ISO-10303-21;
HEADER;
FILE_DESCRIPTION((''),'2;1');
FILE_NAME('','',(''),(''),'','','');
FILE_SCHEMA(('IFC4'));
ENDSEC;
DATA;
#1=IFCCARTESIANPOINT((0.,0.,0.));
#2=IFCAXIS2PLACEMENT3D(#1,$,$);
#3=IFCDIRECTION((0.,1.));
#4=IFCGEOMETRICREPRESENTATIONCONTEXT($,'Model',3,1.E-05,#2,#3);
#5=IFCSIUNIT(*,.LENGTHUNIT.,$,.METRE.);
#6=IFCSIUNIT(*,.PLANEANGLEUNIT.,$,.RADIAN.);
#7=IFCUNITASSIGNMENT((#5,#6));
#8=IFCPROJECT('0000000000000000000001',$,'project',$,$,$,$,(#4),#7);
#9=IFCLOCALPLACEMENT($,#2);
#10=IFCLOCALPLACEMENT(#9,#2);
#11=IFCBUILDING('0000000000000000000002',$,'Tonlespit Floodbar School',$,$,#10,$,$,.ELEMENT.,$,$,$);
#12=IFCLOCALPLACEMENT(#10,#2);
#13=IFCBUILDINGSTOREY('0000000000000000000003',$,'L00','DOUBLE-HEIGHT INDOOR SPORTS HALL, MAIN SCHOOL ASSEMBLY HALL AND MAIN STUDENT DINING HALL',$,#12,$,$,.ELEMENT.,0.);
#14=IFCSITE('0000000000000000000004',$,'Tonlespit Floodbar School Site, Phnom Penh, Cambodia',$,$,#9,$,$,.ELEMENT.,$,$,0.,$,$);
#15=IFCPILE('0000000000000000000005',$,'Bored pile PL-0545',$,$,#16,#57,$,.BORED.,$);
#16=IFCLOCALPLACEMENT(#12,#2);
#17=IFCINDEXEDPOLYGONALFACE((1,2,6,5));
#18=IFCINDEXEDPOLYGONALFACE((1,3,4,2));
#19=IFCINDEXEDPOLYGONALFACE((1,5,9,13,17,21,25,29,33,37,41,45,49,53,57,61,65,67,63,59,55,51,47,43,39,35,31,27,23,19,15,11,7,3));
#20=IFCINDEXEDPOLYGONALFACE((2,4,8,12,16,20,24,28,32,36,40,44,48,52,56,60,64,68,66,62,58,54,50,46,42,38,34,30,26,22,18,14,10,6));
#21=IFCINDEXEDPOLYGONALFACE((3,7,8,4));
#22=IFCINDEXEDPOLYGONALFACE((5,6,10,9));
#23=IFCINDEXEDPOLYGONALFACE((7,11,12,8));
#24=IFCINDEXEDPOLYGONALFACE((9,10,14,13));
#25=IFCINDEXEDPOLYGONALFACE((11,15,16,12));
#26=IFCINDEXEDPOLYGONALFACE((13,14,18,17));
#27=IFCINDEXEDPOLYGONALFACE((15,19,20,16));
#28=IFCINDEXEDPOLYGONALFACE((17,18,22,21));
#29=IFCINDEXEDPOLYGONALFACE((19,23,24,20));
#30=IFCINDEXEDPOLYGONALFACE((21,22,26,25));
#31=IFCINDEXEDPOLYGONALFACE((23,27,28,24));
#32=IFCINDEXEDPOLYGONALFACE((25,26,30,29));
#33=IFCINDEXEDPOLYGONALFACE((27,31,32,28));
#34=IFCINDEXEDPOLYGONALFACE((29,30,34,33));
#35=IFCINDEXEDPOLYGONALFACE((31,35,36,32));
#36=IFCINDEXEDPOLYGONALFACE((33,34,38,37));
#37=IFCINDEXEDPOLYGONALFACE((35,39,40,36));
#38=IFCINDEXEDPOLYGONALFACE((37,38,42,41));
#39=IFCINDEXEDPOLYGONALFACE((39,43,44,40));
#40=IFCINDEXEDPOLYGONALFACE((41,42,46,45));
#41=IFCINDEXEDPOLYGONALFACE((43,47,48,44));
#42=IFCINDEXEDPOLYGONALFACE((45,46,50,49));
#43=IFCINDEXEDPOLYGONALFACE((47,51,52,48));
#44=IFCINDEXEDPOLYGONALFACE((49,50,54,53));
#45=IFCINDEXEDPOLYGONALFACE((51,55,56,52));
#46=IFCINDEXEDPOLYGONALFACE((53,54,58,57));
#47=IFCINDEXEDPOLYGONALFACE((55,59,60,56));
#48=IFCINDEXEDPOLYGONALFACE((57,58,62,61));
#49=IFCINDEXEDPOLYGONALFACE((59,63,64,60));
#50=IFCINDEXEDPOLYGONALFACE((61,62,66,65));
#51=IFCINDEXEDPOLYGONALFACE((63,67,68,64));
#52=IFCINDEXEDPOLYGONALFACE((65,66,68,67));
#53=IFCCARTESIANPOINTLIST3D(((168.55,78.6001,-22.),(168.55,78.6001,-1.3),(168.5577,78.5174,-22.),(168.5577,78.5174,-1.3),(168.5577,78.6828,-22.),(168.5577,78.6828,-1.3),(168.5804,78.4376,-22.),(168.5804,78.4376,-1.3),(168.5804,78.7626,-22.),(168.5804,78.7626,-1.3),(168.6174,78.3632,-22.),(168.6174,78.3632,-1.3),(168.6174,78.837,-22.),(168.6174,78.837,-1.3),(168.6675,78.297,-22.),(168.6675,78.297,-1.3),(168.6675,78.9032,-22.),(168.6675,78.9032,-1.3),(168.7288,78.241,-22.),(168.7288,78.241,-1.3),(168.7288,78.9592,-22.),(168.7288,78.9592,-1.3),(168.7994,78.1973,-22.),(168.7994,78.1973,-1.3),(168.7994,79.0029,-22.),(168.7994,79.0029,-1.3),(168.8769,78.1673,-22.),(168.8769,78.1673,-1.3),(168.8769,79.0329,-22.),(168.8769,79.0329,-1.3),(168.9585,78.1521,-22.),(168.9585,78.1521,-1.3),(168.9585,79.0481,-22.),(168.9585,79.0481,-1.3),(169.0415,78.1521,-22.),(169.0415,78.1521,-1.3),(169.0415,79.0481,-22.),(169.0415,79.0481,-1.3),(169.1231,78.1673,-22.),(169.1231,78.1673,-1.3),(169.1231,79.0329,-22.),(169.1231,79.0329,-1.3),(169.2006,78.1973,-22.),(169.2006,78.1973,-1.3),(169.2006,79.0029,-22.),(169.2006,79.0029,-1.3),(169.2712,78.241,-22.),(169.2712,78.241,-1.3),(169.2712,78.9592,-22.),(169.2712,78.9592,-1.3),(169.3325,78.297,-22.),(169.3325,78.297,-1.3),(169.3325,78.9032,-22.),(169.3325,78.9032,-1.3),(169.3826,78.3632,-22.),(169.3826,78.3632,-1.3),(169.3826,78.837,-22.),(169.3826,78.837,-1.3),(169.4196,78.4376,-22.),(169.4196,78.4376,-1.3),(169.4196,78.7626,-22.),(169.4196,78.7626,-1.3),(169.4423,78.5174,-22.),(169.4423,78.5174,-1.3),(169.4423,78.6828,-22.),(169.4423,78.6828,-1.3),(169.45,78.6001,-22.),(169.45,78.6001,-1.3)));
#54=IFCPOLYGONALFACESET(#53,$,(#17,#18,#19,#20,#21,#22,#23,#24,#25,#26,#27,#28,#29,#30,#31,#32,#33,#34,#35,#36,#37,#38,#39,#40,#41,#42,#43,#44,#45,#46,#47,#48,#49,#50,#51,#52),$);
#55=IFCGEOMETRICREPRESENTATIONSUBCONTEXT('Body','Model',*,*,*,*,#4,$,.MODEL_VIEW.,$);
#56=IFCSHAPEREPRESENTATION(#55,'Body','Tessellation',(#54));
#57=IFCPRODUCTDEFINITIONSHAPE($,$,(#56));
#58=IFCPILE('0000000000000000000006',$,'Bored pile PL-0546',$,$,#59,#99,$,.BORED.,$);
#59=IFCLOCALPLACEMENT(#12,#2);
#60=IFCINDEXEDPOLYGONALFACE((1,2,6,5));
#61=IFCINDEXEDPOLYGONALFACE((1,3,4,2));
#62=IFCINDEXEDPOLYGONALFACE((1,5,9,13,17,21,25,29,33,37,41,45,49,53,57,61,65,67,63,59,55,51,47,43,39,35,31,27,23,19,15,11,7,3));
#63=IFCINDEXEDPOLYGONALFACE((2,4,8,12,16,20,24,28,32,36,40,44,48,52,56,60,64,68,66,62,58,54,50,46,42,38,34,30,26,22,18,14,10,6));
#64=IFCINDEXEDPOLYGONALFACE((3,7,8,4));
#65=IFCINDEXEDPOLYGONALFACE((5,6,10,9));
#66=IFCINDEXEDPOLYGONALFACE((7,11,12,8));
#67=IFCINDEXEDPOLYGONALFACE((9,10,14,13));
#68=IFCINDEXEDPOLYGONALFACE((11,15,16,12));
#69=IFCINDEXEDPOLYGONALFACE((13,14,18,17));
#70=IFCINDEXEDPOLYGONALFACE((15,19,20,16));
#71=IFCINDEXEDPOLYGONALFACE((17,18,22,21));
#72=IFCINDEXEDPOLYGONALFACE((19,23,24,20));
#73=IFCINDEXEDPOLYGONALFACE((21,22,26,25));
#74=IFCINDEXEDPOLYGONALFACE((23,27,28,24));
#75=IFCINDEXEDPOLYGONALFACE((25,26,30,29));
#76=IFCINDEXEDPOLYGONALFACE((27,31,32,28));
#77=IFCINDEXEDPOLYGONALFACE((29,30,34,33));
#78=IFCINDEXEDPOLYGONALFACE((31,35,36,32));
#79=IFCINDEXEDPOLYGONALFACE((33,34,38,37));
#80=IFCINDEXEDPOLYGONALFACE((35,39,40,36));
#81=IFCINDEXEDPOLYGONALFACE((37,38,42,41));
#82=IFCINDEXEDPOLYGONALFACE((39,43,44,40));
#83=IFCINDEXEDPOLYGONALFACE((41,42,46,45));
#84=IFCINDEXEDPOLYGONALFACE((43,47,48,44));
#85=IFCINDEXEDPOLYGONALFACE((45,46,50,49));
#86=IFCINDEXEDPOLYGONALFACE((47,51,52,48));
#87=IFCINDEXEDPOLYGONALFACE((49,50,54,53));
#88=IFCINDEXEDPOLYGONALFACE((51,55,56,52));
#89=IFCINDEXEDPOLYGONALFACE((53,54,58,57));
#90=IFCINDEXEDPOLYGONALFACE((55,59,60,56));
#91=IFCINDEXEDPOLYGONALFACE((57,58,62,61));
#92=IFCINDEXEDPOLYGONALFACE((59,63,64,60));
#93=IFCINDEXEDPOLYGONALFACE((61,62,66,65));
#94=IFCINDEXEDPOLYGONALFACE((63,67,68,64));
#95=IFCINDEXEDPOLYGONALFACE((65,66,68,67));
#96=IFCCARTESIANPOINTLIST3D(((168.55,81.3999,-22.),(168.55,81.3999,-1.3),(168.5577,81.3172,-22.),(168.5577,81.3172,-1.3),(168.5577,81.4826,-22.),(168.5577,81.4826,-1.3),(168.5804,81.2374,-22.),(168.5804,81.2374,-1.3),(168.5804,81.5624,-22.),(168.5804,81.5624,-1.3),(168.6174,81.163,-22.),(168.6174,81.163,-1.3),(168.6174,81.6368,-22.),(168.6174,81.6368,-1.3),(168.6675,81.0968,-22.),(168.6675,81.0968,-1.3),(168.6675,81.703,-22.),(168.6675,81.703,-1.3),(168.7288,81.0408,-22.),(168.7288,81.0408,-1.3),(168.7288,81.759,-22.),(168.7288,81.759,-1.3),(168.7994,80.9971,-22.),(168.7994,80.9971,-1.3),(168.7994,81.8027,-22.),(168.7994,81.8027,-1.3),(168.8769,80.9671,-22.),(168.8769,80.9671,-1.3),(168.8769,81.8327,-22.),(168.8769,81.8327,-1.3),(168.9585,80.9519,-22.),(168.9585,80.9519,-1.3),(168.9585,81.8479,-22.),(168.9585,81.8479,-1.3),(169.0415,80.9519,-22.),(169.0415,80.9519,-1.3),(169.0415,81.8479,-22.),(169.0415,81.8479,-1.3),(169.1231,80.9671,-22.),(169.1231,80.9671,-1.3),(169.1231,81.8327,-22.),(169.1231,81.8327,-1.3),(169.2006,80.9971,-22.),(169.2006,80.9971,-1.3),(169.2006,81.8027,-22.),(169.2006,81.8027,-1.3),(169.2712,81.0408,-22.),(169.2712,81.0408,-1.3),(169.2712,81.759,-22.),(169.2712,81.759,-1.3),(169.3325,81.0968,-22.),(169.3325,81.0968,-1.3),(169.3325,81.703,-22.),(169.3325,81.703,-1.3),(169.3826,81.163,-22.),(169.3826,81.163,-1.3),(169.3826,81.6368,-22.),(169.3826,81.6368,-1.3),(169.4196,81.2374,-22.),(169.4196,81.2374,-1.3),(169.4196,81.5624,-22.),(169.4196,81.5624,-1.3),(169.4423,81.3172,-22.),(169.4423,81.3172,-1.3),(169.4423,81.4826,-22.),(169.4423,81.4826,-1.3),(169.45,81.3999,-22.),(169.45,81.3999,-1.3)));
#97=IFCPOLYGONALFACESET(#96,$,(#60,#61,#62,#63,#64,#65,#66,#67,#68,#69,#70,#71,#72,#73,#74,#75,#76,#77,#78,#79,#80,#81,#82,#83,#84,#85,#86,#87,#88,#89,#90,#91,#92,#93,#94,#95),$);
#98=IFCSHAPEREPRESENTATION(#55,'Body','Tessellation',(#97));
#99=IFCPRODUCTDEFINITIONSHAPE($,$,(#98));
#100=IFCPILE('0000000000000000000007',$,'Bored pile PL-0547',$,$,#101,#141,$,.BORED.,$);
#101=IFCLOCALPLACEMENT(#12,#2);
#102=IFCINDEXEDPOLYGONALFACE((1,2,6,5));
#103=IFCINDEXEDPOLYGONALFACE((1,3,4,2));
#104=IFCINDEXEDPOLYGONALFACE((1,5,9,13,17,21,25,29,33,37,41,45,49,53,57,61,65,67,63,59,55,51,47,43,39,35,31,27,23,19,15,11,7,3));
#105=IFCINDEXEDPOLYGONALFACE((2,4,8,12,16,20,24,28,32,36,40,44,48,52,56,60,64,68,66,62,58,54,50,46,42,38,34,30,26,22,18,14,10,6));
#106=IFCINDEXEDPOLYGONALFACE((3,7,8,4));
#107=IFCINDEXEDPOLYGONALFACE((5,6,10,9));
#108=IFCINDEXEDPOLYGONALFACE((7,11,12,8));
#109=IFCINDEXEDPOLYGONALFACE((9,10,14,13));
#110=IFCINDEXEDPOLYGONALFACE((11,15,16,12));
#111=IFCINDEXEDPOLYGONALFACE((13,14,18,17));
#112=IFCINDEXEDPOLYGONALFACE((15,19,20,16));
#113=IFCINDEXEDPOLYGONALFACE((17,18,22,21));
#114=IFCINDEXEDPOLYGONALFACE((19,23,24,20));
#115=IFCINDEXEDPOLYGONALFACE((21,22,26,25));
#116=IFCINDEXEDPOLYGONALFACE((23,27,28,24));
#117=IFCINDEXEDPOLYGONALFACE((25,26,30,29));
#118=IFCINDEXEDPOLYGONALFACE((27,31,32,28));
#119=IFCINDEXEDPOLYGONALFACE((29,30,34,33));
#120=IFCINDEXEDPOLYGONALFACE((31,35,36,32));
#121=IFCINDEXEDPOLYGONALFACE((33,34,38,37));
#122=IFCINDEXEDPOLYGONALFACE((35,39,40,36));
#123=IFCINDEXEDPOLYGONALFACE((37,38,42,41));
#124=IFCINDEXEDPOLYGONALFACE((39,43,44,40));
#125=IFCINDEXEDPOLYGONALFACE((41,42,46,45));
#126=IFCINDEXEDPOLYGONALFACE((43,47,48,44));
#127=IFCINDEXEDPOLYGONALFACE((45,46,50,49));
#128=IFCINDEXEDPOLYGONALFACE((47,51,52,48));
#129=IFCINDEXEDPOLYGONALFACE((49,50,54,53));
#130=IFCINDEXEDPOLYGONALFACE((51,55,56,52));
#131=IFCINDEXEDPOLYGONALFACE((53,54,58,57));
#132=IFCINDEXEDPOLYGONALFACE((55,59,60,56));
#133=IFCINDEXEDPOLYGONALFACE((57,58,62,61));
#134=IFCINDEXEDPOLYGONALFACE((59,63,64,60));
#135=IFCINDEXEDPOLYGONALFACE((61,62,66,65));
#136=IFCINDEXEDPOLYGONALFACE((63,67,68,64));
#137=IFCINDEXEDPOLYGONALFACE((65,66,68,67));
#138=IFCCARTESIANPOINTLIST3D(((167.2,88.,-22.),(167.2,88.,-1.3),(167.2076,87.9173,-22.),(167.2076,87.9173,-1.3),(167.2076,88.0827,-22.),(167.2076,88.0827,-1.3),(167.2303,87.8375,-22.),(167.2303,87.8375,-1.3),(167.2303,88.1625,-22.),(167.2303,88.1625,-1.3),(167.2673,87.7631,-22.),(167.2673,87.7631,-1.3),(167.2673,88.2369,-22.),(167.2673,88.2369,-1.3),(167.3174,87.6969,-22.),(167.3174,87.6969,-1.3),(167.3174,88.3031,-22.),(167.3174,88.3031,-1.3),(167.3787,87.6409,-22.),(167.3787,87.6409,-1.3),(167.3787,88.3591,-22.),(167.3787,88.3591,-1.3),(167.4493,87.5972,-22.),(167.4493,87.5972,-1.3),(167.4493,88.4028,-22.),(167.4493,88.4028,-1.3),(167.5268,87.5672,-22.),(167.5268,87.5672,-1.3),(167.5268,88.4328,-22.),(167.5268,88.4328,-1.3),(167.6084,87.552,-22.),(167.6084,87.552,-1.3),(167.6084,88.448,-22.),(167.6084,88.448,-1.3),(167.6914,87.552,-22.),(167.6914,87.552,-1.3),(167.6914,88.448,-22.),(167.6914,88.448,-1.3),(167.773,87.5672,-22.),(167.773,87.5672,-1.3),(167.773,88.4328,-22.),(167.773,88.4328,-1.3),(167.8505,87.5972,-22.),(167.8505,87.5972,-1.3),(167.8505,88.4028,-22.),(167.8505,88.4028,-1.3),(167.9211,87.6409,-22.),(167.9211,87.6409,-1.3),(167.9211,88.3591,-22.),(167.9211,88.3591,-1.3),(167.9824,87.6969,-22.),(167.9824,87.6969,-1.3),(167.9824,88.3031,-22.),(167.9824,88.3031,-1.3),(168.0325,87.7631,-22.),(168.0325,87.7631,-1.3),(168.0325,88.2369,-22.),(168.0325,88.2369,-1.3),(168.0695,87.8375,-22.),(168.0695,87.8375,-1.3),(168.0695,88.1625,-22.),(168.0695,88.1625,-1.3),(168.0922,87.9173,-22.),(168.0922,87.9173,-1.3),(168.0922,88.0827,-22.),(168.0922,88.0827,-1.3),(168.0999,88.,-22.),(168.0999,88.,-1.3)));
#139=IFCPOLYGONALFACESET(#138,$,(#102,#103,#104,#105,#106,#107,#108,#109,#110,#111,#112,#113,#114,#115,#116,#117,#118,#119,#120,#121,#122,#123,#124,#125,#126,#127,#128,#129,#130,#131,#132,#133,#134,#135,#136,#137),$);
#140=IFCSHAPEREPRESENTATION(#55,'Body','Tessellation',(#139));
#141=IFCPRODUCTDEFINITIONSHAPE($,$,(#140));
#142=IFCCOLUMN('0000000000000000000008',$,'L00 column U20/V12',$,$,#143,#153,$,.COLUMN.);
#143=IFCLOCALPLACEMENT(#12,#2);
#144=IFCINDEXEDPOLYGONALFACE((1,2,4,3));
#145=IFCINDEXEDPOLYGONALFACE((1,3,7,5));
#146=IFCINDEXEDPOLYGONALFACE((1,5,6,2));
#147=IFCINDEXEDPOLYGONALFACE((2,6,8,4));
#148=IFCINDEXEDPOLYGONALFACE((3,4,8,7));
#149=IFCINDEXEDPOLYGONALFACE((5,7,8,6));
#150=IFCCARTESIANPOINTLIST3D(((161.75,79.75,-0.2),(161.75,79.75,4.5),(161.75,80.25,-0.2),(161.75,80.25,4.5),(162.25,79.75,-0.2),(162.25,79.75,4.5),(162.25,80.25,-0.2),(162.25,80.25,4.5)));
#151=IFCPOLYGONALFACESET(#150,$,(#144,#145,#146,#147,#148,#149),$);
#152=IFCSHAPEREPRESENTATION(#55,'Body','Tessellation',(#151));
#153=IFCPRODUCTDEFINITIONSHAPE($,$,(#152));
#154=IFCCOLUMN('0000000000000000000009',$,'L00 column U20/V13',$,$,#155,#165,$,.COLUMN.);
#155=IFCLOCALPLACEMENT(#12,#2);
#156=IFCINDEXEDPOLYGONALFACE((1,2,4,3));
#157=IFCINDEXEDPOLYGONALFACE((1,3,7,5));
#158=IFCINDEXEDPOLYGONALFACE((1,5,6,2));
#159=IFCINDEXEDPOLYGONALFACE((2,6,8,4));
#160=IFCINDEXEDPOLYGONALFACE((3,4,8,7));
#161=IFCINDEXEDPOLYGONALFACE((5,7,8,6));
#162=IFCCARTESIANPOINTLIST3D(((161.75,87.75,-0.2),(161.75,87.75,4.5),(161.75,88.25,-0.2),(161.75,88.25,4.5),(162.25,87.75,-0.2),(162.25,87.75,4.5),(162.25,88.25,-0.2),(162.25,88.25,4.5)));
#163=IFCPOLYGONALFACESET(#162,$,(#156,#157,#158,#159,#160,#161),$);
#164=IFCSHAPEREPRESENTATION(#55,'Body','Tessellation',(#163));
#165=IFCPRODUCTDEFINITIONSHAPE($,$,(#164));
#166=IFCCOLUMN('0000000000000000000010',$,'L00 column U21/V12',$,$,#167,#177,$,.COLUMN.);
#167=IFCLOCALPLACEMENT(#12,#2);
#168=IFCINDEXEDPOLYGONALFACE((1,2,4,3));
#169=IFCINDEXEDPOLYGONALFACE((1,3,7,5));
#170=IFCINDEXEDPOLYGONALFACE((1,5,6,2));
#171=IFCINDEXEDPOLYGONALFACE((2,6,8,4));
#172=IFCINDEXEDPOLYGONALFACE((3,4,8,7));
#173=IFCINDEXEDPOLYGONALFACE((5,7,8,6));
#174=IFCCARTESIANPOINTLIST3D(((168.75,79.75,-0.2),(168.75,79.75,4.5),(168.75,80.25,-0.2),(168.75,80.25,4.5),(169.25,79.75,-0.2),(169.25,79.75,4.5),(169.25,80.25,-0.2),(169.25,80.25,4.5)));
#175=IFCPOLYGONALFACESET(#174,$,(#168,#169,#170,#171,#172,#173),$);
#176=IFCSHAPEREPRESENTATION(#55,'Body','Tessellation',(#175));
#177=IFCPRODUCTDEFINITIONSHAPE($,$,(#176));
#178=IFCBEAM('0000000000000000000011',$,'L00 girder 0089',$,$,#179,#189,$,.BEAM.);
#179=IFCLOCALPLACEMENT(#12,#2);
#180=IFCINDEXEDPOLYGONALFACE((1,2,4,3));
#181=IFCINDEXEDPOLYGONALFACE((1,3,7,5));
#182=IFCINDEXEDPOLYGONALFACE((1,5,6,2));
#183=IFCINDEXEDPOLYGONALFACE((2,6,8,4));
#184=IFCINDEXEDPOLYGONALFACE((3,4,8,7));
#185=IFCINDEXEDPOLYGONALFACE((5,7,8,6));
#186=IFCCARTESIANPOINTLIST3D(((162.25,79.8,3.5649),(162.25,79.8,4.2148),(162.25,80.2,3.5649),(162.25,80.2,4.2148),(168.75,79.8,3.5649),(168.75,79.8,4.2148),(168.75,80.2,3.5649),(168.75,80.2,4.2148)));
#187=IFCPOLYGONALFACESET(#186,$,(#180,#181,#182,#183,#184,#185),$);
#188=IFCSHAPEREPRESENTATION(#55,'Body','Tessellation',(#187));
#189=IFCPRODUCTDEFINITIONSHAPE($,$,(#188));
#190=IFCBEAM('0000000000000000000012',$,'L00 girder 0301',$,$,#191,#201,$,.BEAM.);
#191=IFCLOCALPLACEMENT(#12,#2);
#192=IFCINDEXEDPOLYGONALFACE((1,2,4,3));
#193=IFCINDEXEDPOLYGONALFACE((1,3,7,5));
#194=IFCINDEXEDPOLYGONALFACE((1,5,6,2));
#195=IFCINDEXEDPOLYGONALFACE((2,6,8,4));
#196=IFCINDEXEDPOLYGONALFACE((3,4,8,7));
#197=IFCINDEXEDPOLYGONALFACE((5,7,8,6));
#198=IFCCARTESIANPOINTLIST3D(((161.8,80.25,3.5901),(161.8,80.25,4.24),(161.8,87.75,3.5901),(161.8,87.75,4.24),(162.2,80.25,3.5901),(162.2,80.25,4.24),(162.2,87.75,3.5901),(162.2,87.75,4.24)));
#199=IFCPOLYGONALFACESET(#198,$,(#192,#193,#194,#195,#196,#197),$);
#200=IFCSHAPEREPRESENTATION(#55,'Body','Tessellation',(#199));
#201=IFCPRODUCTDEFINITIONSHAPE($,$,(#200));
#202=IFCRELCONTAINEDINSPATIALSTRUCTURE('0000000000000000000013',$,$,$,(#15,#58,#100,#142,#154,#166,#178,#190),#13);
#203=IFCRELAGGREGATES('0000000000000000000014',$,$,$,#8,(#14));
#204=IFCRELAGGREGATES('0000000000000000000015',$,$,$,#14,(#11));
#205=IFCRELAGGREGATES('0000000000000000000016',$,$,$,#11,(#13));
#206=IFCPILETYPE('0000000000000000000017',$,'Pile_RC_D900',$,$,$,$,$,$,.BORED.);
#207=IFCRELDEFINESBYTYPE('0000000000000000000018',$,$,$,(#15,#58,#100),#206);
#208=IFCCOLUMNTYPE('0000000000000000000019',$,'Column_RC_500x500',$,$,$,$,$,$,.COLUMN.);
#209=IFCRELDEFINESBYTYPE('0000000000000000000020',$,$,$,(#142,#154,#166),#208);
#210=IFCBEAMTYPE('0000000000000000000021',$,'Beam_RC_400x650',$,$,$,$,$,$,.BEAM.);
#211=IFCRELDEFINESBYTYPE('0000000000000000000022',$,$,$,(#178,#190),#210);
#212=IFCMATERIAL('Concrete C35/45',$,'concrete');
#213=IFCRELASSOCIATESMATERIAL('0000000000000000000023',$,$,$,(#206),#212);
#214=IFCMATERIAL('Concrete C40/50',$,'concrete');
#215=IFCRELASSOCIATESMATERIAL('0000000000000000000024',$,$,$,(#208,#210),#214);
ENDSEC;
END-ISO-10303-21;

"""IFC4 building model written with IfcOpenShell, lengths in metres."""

from ifc_helpers import new_model, si_unit, direction, frame, origin, origin_2d, place, context, subcontext, project, spatial, rectangle, circle, extrude, material, material_profile, profile_set, type_object, element, save


model = new_model("IFC4")

# Units and contexts
model_context = context("Model", 3, precision=1e-05, world=origin(), true_north=direction((0.0, 1.0)))
body_context = subcontext(model_context, "Body", "Model", "MODEL_VIEW")
ifc_project = project(units=[si_unit("LENGTHUNIT", "METRE"), si_unit("PLANEANGLEUNIT", "RADIAN")], contexts=[model_context])

# Site, building, storey
site_placement = place(None, origin())
site = spatial("IfcSite", under=ifc_project, at=site_placement, Name="Tonlespit Floodbar School Site, Phnom Penh, Cambodia", CompositionType="ELEMENT", RefElevation=0.0)
building_placement = place(site_placement, origin())
building = spatial("IfcBuilding", under=site, at=building_placement, Name="Tonlespit Floodbar School", CompositionType="ELEMENT")
storey_placement = place(building_placement, origin())
storey = spatial("IfcBuildingStorey", under=building, at=storey_placement, Name="L00", Description="DOUBLE-HEIGHT INDOOR SPORTS HALL, MAIN SCHOOL ASSEMBLY HALL AND MAIN STUDENT DINING HALL", CompositionType="ELEMENT", Elevation=0.0)

# Shared definitions
ifc_material_1 = material(Name="Concrete C40/50", Category="concrete")

# Piles
ifc_material_2 = material(Name="Concrete C35/45", Category="concrete")
ifc_material_profile_1 = material_profile(ifc_material_2, circle(Radius=0.45, at=origin_2d()), Name="BP D900")
ifc_profile_set_1 = profile_set([ifc_material_profile_1], Name="Concrete C35/45")
pile_type = type_object("IfcPileType", Name="Pile_RC_D900", PredefinedType="BORED", material=ifc_profile_set_1)
for number, where, z_axis, x_axis, name in (
    (1, (169.0, 78.6001, -1.3), (0.0, 0.0, -1.0), (1.0, 0.0, 0.0), "Bored pile PL-0545"),
    (2, (169.0, 81.3999, -1.3), (0.0, 0.0, -1.0), (1.0, 0.0, 0.0), "Bored pile PL-0546"),
    (3, (167.6499, 88.0, -1.3), (0.0, 0.0, -1.0), (1.0, 0.0, 0.0), "Bored pile PL-0547"),
):
    element("IfcPile", number, at=place(storey_placement, frame(where, z_axis=z_axis, x_axis=x_axis)), inside=storey, type_object=pile_type, Name=name, PredefinedType="BORED", context=body_context, shape_type="SweptSolid", body=[
        extrude(circle(Radius=0.45, at=origin_2d()), origin(), (0.0, 0.0, 1.0), 20.7),
    ])

# Columns
ifc_material_profile_2 = material_profile(ifc_material_1, rectangle(XDim=0.5, YDim=0.5, at=origin_2d()), Name="RC 500x500")
ifc_profile_set_2 = profile_set([ifc_material_profile_2], Name="Concrete C40/50")
column_type = type_object("IfcColumnType", Name="Column_RC_500x500", PredefinedType="COLUMN", material=ifc_profile_set_2)
for number, where, z_axis, x_axis, name in (
    (4, (162.0, 80.0, -0.2), (0.0, 0.0, 1.0), (1.0, 0.0, 0.0), "L00 column U20/V12"),
    (5, (162.0, 88.0, -0.2), (0.0, 0.0, 1.0), (1.0, 0.0, 0.0), "L00 column U20/V13"),
    (6, (169.0, 80.0, -0.2), (0.0, 0.0, 1.0), (1.0, 0.0, 0.0), "L00 column U21/V12"),
):
    element("IfcColumn", number, at=place(storey_placement, frame(where, z_axis=z_axis, x_axis=x_axis)), inside=storey, type_object=column_type, Name=name, PredefinedType="COLUMN", context=body_context, shape_type="SweptSolid", body=[
        extrude(rectangle(XDim=0.5, YDim=0.5, at=origin_2d()), origin(), (0.0, 0.0, 1.0), 4.7),
    ])

# Beams
ifc_material_profile_3 = material_profile(ifc_material_1, rectangle(XDim=0.3999, YDim=0.6499, at=origin_2d()), Name="RC 400x650")
ifc_profile_set_3 = profile_set([ifc_material_profile_3], Name="Concrete C40/50")
beam_type_1 = type_object("IfcBeamType", Name="Beam_RC_400x650", PredefinedType="BEAM", material=ifc_profile_set_3)
beam_placement = place(storey_placement, frame((162.25, 80.0, 3.8899), z_axis=(1.0, 0.0, 0.0), x_axis=(0.0, 1.0, 0.0)))
element("IfcBeam", 7, at=beam_placement, inside=storey, type_object=beam_type_1, Name="L00 girder 0089", PredefinedType="BEAM", context=body_context, shape_type="SweptSolid", body=[
    extrude(rectangle(XDim=0.3999, YDim=0.6499, at=origin_2d()), origin(), (0.0, 0.0, 1.0), 6.5),
])
for number, where, z_axis, x_axis, name in (
    (8, (162.0, 80.25, 3.915), (0.0, 1.0, 0.0), (-1.0, 0.0, 0.0), "L00 girder 0301"),
):
    element("IfcBeam", number, at=place(storey_placement, frame(where, z_axis=z_axis, x_axis=x_axis)), inside=storey, type_object=beam_type_1, Name=name, PredefinedType="BEAM", context=body_context, shape_type="SweptSolid", body=[
        extrude(rectangle(XDim=0.3999, YDim=0.6499, at=origin_2d()), origin(), (0.0, 0.0, 1.0), 7.5),
    ])

save(model, "model.ifc")
